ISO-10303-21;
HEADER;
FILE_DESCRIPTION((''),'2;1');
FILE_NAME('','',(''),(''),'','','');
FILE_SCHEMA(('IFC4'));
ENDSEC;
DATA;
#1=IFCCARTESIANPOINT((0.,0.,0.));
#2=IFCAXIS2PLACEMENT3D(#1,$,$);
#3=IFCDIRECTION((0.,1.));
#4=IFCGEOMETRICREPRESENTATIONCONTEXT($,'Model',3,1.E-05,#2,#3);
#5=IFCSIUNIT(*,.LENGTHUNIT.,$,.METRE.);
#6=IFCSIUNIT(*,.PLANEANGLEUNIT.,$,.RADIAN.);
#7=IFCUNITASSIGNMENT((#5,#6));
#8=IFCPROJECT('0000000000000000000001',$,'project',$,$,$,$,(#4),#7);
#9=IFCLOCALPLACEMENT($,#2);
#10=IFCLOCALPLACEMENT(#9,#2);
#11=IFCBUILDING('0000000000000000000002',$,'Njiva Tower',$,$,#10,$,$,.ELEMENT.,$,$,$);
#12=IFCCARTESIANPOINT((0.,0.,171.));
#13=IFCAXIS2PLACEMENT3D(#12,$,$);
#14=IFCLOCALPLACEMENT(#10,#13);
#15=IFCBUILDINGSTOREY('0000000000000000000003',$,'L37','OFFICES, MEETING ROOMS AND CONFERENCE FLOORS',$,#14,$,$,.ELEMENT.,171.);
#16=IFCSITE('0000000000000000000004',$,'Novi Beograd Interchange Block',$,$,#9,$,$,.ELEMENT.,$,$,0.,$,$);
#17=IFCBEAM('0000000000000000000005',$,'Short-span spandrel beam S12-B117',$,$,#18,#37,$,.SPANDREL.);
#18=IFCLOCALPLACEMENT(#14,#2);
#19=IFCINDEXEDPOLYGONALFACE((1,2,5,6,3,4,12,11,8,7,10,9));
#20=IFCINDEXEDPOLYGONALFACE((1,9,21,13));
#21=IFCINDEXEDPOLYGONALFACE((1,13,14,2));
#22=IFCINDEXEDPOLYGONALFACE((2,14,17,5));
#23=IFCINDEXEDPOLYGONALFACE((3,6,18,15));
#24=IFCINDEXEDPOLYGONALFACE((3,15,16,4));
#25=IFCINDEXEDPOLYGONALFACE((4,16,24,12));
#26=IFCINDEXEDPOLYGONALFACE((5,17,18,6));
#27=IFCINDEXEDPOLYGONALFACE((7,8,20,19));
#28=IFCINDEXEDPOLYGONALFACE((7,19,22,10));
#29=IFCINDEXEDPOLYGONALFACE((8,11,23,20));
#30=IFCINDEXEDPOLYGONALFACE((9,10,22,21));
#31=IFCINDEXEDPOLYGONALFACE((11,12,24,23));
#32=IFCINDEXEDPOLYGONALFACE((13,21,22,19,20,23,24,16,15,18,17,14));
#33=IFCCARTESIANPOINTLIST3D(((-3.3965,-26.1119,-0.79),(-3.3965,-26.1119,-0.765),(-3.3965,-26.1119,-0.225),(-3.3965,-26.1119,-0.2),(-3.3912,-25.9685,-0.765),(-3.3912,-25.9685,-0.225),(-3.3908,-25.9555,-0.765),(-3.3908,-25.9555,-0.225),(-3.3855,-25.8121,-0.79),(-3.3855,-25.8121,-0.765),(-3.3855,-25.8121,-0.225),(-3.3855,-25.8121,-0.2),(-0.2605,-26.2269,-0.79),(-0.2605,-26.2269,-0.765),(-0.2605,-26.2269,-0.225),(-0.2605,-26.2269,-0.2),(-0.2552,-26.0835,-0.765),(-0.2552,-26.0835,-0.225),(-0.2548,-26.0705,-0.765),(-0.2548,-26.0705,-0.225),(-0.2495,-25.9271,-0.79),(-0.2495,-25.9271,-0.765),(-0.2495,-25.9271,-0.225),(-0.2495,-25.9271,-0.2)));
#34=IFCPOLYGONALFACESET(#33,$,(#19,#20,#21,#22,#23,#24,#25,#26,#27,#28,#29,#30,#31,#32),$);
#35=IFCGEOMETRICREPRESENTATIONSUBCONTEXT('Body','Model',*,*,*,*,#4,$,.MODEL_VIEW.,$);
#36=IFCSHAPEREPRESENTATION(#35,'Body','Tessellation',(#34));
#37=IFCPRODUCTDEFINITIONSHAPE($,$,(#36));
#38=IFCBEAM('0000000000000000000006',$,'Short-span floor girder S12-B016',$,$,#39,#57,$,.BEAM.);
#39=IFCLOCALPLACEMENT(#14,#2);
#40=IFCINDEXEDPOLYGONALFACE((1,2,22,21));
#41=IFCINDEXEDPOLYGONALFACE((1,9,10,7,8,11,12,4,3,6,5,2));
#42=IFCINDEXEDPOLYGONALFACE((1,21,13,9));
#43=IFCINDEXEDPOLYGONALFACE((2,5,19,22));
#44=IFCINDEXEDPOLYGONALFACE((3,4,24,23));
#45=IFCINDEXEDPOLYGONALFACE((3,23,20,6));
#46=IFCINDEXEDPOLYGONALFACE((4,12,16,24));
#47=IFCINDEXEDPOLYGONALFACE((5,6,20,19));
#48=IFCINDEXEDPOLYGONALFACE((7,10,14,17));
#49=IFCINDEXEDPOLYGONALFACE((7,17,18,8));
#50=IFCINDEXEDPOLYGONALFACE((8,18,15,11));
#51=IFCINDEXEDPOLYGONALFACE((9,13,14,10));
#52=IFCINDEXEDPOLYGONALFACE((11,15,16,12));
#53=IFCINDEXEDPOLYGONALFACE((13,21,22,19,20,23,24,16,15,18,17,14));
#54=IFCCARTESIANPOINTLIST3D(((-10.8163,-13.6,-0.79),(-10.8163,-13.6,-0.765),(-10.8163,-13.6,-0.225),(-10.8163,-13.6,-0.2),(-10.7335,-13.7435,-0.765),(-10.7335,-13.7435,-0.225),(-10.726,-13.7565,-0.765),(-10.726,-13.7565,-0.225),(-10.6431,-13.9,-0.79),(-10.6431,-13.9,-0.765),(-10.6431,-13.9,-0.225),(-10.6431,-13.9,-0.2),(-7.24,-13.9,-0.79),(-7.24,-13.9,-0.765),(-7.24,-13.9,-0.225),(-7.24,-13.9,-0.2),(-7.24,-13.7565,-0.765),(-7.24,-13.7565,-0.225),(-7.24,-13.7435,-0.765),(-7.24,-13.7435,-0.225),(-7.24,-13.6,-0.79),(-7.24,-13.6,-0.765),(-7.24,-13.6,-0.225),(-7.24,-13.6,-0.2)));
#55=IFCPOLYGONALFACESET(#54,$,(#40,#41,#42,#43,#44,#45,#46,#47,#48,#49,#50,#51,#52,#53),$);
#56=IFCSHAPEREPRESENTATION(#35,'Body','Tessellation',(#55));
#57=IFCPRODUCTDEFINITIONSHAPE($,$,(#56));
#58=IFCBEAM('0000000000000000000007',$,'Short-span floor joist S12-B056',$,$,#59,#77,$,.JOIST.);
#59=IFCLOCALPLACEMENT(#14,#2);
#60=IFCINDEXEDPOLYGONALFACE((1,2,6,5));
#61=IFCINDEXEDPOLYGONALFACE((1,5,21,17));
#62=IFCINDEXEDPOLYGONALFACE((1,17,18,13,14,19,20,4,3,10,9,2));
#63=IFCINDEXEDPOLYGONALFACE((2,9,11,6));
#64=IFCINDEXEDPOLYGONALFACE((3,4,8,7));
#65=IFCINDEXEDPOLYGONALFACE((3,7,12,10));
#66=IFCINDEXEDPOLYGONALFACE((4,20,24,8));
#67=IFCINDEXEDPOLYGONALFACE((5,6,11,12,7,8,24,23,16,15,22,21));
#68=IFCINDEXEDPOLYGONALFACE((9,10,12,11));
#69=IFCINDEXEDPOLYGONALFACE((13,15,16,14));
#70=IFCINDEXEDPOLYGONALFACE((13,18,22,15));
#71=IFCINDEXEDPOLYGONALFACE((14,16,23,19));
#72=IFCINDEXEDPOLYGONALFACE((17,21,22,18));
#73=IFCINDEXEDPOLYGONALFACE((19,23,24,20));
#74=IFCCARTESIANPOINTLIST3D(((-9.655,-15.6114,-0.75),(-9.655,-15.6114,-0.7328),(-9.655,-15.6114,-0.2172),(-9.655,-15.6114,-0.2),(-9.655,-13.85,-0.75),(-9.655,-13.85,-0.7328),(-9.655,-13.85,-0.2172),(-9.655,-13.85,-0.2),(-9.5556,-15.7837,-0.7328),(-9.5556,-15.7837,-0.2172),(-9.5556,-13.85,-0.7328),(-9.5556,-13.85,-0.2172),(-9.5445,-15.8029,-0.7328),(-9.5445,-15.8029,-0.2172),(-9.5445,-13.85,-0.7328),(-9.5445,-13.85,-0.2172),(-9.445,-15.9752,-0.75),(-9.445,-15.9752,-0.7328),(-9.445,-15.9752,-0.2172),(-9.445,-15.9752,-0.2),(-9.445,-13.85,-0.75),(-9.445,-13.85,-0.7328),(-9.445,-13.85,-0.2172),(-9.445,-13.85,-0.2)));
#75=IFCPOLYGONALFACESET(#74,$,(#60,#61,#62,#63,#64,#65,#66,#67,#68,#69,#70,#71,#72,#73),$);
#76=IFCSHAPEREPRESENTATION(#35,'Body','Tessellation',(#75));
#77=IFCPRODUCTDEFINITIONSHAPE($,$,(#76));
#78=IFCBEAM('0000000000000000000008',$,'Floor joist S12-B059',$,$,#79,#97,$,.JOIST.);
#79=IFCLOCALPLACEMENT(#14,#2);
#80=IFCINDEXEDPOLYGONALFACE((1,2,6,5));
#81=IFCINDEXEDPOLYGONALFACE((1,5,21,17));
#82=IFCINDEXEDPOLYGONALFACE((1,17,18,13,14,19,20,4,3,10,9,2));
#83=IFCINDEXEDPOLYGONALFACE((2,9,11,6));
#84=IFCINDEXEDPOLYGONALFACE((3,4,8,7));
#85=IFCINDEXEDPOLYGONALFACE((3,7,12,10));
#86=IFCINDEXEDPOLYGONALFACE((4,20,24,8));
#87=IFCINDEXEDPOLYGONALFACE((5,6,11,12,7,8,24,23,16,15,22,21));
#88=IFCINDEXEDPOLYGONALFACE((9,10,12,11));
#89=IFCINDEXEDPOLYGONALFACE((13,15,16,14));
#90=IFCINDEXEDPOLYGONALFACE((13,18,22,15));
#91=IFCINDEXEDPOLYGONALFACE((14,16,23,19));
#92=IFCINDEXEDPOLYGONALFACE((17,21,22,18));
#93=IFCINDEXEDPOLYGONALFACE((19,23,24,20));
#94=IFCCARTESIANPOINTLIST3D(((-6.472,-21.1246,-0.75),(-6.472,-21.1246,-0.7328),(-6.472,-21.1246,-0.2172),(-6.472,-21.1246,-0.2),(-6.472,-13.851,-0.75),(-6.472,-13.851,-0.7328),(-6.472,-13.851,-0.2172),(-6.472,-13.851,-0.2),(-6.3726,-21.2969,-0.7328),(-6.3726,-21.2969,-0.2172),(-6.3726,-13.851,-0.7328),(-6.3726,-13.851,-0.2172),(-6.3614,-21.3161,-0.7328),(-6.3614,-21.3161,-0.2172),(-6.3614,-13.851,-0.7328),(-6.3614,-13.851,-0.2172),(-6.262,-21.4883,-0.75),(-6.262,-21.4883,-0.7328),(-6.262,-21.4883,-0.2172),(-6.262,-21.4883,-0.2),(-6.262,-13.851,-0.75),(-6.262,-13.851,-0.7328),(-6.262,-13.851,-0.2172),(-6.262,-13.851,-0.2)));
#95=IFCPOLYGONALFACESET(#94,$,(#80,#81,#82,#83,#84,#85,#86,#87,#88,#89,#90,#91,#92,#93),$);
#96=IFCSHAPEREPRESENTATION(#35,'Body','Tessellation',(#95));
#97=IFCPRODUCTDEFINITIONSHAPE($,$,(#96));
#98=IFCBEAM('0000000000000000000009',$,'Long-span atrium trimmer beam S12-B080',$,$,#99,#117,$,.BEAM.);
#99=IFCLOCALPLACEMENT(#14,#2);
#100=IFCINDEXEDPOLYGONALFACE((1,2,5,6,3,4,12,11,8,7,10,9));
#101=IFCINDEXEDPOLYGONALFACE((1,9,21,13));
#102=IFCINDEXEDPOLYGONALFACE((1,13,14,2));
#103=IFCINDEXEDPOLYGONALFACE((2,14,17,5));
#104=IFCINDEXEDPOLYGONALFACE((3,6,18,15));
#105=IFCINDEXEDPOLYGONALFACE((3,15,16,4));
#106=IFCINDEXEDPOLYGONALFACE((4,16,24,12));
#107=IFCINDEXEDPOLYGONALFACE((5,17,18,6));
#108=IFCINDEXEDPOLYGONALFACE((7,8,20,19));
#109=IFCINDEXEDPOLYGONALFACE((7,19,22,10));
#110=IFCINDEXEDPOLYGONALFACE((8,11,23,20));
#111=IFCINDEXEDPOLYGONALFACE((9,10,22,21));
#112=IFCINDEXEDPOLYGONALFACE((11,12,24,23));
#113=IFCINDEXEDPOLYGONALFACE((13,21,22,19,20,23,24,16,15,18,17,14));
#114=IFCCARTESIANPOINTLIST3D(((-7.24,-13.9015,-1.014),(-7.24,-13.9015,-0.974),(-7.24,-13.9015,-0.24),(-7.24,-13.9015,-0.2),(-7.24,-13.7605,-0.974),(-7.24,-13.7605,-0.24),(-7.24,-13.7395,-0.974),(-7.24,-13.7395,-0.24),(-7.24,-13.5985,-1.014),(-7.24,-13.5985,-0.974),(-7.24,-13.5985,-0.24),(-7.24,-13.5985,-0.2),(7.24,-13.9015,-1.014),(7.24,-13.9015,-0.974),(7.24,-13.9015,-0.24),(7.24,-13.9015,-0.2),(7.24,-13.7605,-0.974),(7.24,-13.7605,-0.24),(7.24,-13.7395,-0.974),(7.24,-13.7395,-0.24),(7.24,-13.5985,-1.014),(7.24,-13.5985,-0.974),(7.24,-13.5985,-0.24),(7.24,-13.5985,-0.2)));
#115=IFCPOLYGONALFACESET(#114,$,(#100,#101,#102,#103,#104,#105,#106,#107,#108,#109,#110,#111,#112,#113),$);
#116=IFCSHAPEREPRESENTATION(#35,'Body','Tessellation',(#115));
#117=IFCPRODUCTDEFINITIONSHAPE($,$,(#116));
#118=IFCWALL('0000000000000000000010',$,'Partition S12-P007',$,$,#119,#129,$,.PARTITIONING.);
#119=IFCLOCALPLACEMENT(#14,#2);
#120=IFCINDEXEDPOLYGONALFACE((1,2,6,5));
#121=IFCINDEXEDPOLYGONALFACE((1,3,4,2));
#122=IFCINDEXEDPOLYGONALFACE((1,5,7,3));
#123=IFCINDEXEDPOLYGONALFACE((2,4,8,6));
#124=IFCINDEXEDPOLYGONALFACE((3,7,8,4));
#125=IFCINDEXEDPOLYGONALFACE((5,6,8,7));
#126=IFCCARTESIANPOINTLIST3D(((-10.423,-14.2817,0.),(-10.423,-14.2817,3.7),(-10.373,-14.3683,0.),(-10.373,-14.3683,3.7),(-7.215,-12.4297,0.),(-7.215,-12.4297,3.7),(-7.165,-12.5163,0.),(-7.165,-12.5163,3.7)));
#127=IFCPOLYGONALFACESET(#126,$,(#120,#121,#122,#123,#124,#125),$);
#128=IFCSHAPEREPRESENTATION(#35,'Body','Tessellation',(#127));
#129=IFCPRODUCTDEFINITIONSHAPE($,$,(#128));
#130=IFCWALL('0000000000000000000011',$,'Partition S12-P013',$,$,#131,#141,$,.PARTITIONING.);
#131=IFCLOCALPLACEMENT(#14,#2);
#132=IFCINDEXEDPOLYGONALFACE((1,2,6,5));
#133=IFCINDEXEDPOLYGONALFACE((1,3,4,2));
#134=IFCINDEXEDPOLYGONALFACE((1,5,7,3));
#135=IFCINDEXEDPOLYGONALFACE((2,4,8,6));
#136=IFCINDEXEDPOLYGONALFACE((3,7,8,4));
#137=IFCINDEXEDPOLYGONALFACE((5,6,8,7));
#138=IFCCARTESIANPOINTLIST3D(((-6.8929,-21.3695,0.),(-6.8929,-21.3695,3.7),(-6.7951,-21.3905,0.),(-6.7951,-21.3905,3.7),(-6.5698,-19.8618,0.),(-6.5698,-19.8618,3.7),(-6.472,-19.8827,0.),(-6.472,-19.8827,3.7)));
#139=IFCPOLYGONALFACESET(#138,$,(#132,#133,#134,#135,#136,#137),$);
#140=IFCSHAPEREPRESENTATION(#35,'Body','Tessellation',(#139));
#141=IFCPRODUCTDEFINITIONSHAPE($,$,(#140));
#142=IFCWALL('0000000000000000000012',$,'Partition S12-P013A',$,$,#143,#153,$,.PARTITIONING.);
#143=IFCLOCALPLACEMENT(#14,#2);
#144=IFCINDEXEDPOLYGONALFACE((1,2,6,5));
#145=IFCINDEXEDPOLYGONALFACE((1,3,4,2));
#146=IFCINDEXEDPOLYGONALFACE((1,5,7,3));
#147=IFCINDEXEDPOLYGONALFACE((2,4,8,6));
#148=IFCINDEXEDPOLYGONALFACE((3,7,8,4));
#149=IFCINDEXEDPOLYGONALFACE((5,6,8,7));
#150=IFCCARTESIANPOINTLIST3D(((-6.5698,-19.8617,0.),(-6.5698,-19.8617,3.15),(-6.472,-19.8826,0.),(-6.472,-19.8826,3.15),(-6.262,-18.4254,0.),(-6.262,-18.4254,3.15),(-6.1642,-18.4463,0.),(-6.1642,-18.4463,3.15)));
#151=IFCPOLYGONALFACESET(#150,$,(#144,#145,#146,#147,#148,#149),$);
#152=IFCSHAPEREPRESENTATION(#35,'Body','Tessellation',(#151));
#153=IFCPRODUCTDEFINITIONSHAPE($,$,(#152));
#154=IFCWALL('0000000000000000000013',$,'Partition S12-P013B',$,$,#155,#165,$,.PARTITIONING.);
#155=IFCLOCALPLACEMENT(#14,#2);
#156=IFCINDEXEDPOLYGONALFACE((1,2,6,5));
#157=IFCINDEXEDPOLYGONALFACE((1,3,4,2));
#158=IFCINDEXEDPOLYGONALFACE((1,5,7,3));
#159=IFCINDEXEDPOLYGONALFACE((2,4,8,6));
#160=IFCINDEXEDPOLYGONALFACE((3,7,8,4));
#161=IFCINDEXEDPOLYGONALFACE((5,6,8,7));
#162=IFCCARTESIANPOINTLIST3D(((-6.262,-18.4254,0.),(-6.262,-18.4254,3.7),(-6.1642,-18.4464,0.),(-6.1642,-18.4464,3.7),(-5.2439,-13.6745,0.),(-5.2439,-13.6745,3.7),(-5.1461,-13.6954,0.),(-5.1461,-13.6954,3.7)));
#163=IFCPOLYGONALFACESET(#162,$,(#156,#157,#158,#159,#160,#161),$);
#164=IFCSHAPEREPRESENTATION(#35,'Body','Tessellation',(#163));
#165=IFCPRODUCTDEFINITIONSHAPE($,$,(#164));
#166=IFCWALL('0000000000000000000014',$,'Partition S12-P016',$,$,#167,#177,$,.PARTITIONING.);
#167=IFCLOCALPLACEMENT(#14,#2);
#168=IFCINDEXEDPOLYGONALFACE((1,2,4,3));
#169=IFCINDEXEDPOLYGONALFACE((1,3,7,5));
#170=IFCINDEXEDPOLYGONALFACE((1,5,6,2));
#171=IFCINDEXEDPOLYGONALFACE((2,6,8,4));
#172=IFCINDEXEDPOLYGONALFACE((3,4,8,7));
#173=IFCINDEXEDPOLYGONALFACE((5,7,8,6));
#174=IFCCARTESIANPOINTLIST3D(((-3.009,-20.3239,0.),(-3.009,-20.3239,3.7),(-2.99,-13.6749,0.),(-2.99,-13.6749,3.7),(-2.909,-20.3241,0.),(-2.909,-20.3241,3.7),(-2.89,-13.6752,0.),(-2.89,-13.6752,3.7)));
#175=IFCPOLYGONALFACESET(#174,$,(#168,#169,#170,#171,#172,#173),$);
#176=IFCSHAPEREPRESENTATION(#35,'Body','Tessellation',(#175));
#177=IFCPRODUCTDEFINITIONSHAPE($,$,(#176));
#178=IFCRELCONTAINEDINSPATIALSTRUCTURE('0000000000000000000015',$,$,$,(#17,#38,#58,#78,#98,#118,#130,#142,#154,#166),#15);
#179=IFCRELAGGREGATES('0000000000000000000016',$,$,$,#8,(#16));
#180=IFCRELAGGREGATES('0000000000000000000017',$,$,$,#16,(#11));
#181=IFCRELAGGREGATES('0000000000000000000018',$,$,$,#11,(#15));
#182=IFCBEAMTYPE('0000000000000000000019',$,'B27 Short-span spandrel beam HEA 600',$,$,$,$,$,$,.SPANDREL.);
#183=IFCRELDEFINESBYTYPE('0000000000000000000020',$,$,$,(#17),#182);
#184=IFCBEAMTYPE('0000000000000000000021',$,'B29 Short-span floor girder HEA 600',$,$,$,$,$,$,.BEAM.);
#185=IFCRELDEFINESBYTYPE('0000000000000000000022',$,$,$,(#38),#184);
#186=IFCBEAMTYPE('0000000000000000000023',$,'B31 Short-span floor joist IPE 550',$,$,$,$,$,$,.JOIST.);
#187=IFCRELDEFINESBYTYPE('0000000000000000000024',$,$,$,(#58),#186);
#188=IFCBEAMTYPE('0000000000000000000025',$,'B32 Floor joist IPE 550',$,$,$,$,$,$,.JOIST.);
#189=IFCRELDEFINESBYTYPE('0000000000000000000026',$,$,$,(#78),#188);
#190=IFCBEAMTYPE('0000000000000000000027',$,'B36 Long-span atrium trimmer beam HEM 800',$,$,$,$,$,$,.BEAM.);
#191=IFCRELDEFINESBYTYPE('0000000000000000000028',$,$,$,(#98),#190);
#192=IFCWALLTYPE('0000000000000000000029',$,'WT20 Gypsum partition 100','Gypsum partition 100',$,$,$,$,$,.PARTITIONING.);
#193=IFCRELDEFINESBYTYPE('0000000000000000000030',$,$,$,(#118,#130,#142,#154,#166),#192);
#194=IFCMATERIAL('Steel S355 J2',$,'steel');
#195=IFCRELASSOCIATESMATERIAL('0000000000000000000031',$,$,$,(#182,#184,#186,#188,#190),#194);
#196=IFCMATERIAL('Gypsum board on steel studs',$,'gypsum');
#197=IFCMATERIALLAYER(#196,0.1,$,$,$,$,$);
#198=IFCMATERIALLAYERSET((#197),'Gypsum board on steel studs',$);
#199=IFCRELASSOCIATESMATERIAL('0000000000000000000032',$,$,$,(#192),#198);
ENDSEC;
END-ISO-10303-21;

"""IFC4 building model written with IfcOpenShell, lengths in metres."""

from ifc_helpers import new_model, si_unit, direction, frame, frame_2d, origin, origin_2d, place, context, subcontext, project, spatial, rectangle, i_section, extrude, clip, halfspace, material, layer, layer_set, material_profile, profile_set, type_object, element, save


model = new_model("IFC4")

# Units and contexts
model_context = context("Model", 3, precision=1e-05, world=origin(), true_north=direction((0.0, 1.0)))
body_context = subcontext(model_context, "Body", "Model", "MODEL_VIEW")
ifc_project = project(units=[si_unit("LENGTHUNIT", "METRE"), si_unit("PLANEANGLEUNIT", "RADIAN")], contexts=[model_context])

# Site, building, storey
site_placement = place(None, origin())
site = spatial("IfcSite", under=ifc_project, at=site_placement, Name="Novi Beograd Interchange Block", CompositionType="ELEMENT", RefElevation=0.0)
building_placement = place(site_placement, origin())
building = spatial("IfcBuilding", under=site, at=building_placement, Name="Njiva Tower", CompositionType="ELEMENT")
storey_placement = place(building_placement, frame((0.0, 0.0, 171.0)))
storey = spatial("IfcBuildingStorey", under=building, at=storey_placement, Name="L37", Description="OFFICES, MEETING ROOMS AND CONFERENCE FLOORS", CompositionType="ELEMENT", Elevation=171.0)

# Shared definitions
ifc_material_1 = material(Name="Steel S355 J2", Category="steel")

# Beams
ifc_material_profile_1 = material_profile(ifc_material_1, i_section(OverallWidth=0.3, OverallDepth=0.59, WebThickness=0.013, FlangeThickness=0.025, at=origin_2d()), Name="HEA 600")
ifc_profile_set_1 = profile_set([ifc_material_profile_1], Name="Steel S355 J2")
beam_type_1 = type_object("IfcBeamType", Name="B27 Short-span spandrel beam HEA 600", PredefinedType="SPANDREL", material=ifc_profile_set_1)
beam_1_placement = place(storey_placement, frame((-3.391, -25.962, -0.495), z_axis=(0.999328, -0.036646, 0.0), x_axis=(0.036646, 0.999328, 0.0)))
element("IfcBeam", 1, at=beam_1_placement, inside=storey, type_object=beam_type_1, Name="Short-span spandrel beam S12-B117", PredefinedType="SPANDREL", context=body_context, shape_type="SweptSolid", body=[
    extrude(i_section(OverallWidth=0.3, OverallDepth=0.59, WebThickness=0.013, FlangeThickness=0.025, at=origin_2d()), origin(), (0.0, 0.0, 1.0), 3.1381),
])
ifc_material_profile_2 = material_profile(ifc_material_1, i_section(OverallWidth=0.3, OverallDepth=0.59, WebThickness=0.013, FlangeThickness=0.025, at=origin_2d()), Name="HEA 600")
ifc_profile_set_2 = profile_set([ifc_material_profile_2], Name="Steel S355 J2")
beam_type_2 = type_object("IfcBeamType", Name="B29 Short-span floor girder HEA 600", PredefinedType="BEAM", material=ifc_profile_set_2)
beam_2_placement = place(storey_placement, frame((-10.837, -13.75, -0.495), z_axis=(1.0, 0.0, 0.0), x_axis=(0.0, 1.0, 0.0)))
element("IfcBeam", 2, at=beam_2_placement, inside=storey, type_object=beam_type_2, Name="Short-span floor girder S12-B016", PredefinedType="BEAM", context=body_context, shape_type="Clipping", body=[
    clip(extrude(i_section(OverallWidth=0.3, OverallDepth=0.59, WebThickness=0.013, FlangeThickness=0.025, at=origin_2d()), origin(), (0.0, 0.0, 1.0), 3.597), halfspace(frame((-0.025, 0.0, 0.1217), z_axis=(-0.499998, 0.0, -0.866027), x_axis=(0.0, -1.0, 0.0)), False)),
])
ifc_material_profile_3 = material_profile(ifc_material_1, i_section(OverallWidth=0.21, OverallDepth=0.55, WebThickness=0.0111, FlangeThickness=0.0172, at=origin_2d()), Name="IPE 550")
ifc_profile_set_3 = profile_set([ifc_material_profile_3], Name="Steel S355 J2")
beam_type_3 = type_object("IfcBeamType", Name="B31 Short-span floor joist IPE 550", PredefinedType="JOIST", material=ifc_profile_set_3)
beam_3_placement = place(storey_placement, frame((-9.55, -13.85, -0.475), z_axis=(0.0, -1.0, 0.0), x_axis=(1.0, 0.0, 0.0)))
element("IfcBeam", 3, at=beam_3_placement, inside=storey, type_object=beam_type_3, Name="Short-span floor joist S12-B056", PredefinedType="JOIST", context=body_context, shape_type="Clipping", body=[
    clip(extrude(i_section(OverallWidth=0.21, OverallDepth=0.55, WebThickness=0.0111, FlangeThickness=0.0172, at=origin_2d()), origin(), (0.0, 0.0, 1.0), 2.145), halfspace(frame((-0.0433, 0.0, 1.8683), z_axis=(-0.866027, 0.0, 0.499998), x_axis=(0.0, 1.0, 0.0)), False)),
])
ifc_material_profile_4 = material_profile(ifc_material_1, i_section(OverallWidth=0.21, OverallDepth=0.55, WebThickness=0.0111, FlangeThickness=0.0172, at=origin_2d()), Name="IPE 550")
ifc_profile_set_4 = profile_set([ifc_material_profile_4], Name="Steel S355 J2")
beam_type_4 = type_object("IfcBeamType", Name="B32 Floor joist IPE 550", PredefinedType="JOIST", material=ifc_profile_set_4)
beam_4_placement = place(storey_placement, frame((-6.367, -13.851, -0.475), z_axis=(0.0, -1.0, 0.0), x_axis=(1.0, 0.0, 0.0)))
element("IfcBeam", 4, at=beam_4_placement, inside=storey, type_object=beam_type_4, Name="Floor joist S12-B059", PredefinedType="JOIST", context=body_context, shape_type="Clipping", body=[
    clip(extrude(i_section(OverallWidth=0.21, OverallDepth=0.55, WebThickness=0.0111, FlangeThickness=0.0172, at=origin_2d()), origin(), (0.0, 0.0, 1.0), 7.658), halfspace(frame((-0.043, 0.0, 7.381), z_axis=(-0.866027, 0.0, 0.499998), x_axis=(0.0, 1.0, 0.0)), False)),
])
ifc_material_profile_5 = material_profile(ifc_material_1, i_section(OverallWidth=0.303, OverallDepth=0.814, WebThickness=0.021, FlangeThickness=0.04, at=origin_2d()), Name="HEM 800")
ifc_profile_set_5 = profile_set([ifc_material_profile_5], Name="Steel S355 J2")
beam_type_5 = type_object("IfcBeamType", Name="B36 Long-span atrium trimmer beam HEM 800", PredefinedType="BEAM", material=ifc_profile_set_5)
beam_5_placement = place(storey_placement, frame((-7.24, -13.75, -0.607), z_axis=(1.0, 0.0, 0.0), x_axis=(0.0, 1.0, 0.0)))
element("IfcBeam", 5, at=beam_5_placement, inside=storey, type_object=beam_type_5, Name="Long-span atrium trimmer beam S12-B080", PredefinedType="BEAM", context=body_context, shape_type="SweptSolid", body=[
    extrude(i_section(OverallWidth=0.303, OverallDepth=0.814, WebThickness=0.021, FlangeThickness=0.04, at=origin_2d()), origin(), (0.0, 0.0, 1.0), 14.48),
])

# Walls
ifc_material_2 = material(Name="Gypsum board on steel studs", Category="gypsum")
ifc_layer_1 = layer(ifc_material_2, 0.1)
ifc_layer_set_1 = layer_set([ifc_layer_1], Name="Gypsum board on steel studs")
wall_type_1 = type_object("IfcWallType", Name="WT20 Gypsum partition 100", Description="Gypsum partition 100", PredefinedType="PARTITIONING", material=ifc_layer_set_1)
wall_1_placement = place(storey_placement, frame((-10.398, -14.325, 0.0), z_axis=(0.0, 0.0, 1.0), x_axis=(0.866042, 0.499972, 0.0)))
element("IfcWall", 6, at=wall_1_placement, inside=storey, type_object=wall_type_1, Name="Partition S12-P007", PredefinedType="PARTITIONING", context=body_context, shape_type="SweptSolid", body=[
    extrude(rectangle(XDim=3.7042, YDim=0.1, at=frame_2d((1.8521, 0.0))), origin(), (0.0, 0.0, 1.0), 3.7),
])
wall_2_placement = place(storey_placement, frame((-6.844, -21.38, 0.0), z_axis=(0.0, 0.0, 1.0), x_axis=(0.209529, 0.977802, 0.0)))
element("IfcWall", 7, at=wall_2_placement, inside=storey, type_object=wall_type_1, Name="Partition S12-P013", PredefinedType="PARTITIONING", context=body_context, shape_type="SweptSolid", body=[
    extrude(rectangle(XDim=1.542, YDim=0.1, at=frame_2d((0.771, 0.0))), origin(), (0.0, 0.0, 1.0), 3.7),
])
wall_3_placement = place(storey_placement, frame((-6.5209, -19.8722, 0.0), z_axis=(0.0, 0.0, 1.0), x_axis=(0.209543, 0.977799, 0.0)))
element("IfcWall", 8, at=wall_3_placement, inside=storey, type_object=wall_type_1, Name="Partition S12-P013A", PredefinedType="PARTITIONING", context=body_context, shape_type="SweptSolid", body=[
    extrude(rectangle(XDim=1.4689, YDim=0.1, at=frame_2d((0.7345, 0.0))), origin(), (0.0, 0.0, 1.0), 3.15),
])
wall_4_placement = place(storey_placement, frame((-6.2131, -18.4359, 0.0), z_axis=(0.0, 0.0, 1.0), x_axis=(0.209539, 0.9778, 0.0)))
element("IfcWall", 9, at=wall_4_placement, inside=storey, type_object=wall_type_1, Name="Partition S12-P013B", PredefinedType="PARTITIONING", context=body_context, shape_type="SweptSolid", body=[
    extrude(rectangle(XDim=4.8588, YDim=0.1, at=frame_2d((2.4294, 0.0))), origin(), (0.0, 0.0, 1.0), 3.7),
])
wall_5_placement = place(storey_placement, frame((-2.959, -20.324, 0.0), z_axis=(0.0, 0.0, 1.0), x_axis=(0.002858, 0.999996, 0.0)))
element("IfcWall", 10, at=wall_5_placement, inside=storey, type_object=wall_type_1, Name="Partition S12-P016", PredefinedType="PARTITIONING", context=body_context, shape_type="SweptSolid", body=[
    extrude(rectangle(XDim=6.649, YDim=0.1, at=frame_2d((3.3245, 0.0))), origin(), (0.0, 0.0, 1.0), 3.7),
])

save(model, "model.ifc")
